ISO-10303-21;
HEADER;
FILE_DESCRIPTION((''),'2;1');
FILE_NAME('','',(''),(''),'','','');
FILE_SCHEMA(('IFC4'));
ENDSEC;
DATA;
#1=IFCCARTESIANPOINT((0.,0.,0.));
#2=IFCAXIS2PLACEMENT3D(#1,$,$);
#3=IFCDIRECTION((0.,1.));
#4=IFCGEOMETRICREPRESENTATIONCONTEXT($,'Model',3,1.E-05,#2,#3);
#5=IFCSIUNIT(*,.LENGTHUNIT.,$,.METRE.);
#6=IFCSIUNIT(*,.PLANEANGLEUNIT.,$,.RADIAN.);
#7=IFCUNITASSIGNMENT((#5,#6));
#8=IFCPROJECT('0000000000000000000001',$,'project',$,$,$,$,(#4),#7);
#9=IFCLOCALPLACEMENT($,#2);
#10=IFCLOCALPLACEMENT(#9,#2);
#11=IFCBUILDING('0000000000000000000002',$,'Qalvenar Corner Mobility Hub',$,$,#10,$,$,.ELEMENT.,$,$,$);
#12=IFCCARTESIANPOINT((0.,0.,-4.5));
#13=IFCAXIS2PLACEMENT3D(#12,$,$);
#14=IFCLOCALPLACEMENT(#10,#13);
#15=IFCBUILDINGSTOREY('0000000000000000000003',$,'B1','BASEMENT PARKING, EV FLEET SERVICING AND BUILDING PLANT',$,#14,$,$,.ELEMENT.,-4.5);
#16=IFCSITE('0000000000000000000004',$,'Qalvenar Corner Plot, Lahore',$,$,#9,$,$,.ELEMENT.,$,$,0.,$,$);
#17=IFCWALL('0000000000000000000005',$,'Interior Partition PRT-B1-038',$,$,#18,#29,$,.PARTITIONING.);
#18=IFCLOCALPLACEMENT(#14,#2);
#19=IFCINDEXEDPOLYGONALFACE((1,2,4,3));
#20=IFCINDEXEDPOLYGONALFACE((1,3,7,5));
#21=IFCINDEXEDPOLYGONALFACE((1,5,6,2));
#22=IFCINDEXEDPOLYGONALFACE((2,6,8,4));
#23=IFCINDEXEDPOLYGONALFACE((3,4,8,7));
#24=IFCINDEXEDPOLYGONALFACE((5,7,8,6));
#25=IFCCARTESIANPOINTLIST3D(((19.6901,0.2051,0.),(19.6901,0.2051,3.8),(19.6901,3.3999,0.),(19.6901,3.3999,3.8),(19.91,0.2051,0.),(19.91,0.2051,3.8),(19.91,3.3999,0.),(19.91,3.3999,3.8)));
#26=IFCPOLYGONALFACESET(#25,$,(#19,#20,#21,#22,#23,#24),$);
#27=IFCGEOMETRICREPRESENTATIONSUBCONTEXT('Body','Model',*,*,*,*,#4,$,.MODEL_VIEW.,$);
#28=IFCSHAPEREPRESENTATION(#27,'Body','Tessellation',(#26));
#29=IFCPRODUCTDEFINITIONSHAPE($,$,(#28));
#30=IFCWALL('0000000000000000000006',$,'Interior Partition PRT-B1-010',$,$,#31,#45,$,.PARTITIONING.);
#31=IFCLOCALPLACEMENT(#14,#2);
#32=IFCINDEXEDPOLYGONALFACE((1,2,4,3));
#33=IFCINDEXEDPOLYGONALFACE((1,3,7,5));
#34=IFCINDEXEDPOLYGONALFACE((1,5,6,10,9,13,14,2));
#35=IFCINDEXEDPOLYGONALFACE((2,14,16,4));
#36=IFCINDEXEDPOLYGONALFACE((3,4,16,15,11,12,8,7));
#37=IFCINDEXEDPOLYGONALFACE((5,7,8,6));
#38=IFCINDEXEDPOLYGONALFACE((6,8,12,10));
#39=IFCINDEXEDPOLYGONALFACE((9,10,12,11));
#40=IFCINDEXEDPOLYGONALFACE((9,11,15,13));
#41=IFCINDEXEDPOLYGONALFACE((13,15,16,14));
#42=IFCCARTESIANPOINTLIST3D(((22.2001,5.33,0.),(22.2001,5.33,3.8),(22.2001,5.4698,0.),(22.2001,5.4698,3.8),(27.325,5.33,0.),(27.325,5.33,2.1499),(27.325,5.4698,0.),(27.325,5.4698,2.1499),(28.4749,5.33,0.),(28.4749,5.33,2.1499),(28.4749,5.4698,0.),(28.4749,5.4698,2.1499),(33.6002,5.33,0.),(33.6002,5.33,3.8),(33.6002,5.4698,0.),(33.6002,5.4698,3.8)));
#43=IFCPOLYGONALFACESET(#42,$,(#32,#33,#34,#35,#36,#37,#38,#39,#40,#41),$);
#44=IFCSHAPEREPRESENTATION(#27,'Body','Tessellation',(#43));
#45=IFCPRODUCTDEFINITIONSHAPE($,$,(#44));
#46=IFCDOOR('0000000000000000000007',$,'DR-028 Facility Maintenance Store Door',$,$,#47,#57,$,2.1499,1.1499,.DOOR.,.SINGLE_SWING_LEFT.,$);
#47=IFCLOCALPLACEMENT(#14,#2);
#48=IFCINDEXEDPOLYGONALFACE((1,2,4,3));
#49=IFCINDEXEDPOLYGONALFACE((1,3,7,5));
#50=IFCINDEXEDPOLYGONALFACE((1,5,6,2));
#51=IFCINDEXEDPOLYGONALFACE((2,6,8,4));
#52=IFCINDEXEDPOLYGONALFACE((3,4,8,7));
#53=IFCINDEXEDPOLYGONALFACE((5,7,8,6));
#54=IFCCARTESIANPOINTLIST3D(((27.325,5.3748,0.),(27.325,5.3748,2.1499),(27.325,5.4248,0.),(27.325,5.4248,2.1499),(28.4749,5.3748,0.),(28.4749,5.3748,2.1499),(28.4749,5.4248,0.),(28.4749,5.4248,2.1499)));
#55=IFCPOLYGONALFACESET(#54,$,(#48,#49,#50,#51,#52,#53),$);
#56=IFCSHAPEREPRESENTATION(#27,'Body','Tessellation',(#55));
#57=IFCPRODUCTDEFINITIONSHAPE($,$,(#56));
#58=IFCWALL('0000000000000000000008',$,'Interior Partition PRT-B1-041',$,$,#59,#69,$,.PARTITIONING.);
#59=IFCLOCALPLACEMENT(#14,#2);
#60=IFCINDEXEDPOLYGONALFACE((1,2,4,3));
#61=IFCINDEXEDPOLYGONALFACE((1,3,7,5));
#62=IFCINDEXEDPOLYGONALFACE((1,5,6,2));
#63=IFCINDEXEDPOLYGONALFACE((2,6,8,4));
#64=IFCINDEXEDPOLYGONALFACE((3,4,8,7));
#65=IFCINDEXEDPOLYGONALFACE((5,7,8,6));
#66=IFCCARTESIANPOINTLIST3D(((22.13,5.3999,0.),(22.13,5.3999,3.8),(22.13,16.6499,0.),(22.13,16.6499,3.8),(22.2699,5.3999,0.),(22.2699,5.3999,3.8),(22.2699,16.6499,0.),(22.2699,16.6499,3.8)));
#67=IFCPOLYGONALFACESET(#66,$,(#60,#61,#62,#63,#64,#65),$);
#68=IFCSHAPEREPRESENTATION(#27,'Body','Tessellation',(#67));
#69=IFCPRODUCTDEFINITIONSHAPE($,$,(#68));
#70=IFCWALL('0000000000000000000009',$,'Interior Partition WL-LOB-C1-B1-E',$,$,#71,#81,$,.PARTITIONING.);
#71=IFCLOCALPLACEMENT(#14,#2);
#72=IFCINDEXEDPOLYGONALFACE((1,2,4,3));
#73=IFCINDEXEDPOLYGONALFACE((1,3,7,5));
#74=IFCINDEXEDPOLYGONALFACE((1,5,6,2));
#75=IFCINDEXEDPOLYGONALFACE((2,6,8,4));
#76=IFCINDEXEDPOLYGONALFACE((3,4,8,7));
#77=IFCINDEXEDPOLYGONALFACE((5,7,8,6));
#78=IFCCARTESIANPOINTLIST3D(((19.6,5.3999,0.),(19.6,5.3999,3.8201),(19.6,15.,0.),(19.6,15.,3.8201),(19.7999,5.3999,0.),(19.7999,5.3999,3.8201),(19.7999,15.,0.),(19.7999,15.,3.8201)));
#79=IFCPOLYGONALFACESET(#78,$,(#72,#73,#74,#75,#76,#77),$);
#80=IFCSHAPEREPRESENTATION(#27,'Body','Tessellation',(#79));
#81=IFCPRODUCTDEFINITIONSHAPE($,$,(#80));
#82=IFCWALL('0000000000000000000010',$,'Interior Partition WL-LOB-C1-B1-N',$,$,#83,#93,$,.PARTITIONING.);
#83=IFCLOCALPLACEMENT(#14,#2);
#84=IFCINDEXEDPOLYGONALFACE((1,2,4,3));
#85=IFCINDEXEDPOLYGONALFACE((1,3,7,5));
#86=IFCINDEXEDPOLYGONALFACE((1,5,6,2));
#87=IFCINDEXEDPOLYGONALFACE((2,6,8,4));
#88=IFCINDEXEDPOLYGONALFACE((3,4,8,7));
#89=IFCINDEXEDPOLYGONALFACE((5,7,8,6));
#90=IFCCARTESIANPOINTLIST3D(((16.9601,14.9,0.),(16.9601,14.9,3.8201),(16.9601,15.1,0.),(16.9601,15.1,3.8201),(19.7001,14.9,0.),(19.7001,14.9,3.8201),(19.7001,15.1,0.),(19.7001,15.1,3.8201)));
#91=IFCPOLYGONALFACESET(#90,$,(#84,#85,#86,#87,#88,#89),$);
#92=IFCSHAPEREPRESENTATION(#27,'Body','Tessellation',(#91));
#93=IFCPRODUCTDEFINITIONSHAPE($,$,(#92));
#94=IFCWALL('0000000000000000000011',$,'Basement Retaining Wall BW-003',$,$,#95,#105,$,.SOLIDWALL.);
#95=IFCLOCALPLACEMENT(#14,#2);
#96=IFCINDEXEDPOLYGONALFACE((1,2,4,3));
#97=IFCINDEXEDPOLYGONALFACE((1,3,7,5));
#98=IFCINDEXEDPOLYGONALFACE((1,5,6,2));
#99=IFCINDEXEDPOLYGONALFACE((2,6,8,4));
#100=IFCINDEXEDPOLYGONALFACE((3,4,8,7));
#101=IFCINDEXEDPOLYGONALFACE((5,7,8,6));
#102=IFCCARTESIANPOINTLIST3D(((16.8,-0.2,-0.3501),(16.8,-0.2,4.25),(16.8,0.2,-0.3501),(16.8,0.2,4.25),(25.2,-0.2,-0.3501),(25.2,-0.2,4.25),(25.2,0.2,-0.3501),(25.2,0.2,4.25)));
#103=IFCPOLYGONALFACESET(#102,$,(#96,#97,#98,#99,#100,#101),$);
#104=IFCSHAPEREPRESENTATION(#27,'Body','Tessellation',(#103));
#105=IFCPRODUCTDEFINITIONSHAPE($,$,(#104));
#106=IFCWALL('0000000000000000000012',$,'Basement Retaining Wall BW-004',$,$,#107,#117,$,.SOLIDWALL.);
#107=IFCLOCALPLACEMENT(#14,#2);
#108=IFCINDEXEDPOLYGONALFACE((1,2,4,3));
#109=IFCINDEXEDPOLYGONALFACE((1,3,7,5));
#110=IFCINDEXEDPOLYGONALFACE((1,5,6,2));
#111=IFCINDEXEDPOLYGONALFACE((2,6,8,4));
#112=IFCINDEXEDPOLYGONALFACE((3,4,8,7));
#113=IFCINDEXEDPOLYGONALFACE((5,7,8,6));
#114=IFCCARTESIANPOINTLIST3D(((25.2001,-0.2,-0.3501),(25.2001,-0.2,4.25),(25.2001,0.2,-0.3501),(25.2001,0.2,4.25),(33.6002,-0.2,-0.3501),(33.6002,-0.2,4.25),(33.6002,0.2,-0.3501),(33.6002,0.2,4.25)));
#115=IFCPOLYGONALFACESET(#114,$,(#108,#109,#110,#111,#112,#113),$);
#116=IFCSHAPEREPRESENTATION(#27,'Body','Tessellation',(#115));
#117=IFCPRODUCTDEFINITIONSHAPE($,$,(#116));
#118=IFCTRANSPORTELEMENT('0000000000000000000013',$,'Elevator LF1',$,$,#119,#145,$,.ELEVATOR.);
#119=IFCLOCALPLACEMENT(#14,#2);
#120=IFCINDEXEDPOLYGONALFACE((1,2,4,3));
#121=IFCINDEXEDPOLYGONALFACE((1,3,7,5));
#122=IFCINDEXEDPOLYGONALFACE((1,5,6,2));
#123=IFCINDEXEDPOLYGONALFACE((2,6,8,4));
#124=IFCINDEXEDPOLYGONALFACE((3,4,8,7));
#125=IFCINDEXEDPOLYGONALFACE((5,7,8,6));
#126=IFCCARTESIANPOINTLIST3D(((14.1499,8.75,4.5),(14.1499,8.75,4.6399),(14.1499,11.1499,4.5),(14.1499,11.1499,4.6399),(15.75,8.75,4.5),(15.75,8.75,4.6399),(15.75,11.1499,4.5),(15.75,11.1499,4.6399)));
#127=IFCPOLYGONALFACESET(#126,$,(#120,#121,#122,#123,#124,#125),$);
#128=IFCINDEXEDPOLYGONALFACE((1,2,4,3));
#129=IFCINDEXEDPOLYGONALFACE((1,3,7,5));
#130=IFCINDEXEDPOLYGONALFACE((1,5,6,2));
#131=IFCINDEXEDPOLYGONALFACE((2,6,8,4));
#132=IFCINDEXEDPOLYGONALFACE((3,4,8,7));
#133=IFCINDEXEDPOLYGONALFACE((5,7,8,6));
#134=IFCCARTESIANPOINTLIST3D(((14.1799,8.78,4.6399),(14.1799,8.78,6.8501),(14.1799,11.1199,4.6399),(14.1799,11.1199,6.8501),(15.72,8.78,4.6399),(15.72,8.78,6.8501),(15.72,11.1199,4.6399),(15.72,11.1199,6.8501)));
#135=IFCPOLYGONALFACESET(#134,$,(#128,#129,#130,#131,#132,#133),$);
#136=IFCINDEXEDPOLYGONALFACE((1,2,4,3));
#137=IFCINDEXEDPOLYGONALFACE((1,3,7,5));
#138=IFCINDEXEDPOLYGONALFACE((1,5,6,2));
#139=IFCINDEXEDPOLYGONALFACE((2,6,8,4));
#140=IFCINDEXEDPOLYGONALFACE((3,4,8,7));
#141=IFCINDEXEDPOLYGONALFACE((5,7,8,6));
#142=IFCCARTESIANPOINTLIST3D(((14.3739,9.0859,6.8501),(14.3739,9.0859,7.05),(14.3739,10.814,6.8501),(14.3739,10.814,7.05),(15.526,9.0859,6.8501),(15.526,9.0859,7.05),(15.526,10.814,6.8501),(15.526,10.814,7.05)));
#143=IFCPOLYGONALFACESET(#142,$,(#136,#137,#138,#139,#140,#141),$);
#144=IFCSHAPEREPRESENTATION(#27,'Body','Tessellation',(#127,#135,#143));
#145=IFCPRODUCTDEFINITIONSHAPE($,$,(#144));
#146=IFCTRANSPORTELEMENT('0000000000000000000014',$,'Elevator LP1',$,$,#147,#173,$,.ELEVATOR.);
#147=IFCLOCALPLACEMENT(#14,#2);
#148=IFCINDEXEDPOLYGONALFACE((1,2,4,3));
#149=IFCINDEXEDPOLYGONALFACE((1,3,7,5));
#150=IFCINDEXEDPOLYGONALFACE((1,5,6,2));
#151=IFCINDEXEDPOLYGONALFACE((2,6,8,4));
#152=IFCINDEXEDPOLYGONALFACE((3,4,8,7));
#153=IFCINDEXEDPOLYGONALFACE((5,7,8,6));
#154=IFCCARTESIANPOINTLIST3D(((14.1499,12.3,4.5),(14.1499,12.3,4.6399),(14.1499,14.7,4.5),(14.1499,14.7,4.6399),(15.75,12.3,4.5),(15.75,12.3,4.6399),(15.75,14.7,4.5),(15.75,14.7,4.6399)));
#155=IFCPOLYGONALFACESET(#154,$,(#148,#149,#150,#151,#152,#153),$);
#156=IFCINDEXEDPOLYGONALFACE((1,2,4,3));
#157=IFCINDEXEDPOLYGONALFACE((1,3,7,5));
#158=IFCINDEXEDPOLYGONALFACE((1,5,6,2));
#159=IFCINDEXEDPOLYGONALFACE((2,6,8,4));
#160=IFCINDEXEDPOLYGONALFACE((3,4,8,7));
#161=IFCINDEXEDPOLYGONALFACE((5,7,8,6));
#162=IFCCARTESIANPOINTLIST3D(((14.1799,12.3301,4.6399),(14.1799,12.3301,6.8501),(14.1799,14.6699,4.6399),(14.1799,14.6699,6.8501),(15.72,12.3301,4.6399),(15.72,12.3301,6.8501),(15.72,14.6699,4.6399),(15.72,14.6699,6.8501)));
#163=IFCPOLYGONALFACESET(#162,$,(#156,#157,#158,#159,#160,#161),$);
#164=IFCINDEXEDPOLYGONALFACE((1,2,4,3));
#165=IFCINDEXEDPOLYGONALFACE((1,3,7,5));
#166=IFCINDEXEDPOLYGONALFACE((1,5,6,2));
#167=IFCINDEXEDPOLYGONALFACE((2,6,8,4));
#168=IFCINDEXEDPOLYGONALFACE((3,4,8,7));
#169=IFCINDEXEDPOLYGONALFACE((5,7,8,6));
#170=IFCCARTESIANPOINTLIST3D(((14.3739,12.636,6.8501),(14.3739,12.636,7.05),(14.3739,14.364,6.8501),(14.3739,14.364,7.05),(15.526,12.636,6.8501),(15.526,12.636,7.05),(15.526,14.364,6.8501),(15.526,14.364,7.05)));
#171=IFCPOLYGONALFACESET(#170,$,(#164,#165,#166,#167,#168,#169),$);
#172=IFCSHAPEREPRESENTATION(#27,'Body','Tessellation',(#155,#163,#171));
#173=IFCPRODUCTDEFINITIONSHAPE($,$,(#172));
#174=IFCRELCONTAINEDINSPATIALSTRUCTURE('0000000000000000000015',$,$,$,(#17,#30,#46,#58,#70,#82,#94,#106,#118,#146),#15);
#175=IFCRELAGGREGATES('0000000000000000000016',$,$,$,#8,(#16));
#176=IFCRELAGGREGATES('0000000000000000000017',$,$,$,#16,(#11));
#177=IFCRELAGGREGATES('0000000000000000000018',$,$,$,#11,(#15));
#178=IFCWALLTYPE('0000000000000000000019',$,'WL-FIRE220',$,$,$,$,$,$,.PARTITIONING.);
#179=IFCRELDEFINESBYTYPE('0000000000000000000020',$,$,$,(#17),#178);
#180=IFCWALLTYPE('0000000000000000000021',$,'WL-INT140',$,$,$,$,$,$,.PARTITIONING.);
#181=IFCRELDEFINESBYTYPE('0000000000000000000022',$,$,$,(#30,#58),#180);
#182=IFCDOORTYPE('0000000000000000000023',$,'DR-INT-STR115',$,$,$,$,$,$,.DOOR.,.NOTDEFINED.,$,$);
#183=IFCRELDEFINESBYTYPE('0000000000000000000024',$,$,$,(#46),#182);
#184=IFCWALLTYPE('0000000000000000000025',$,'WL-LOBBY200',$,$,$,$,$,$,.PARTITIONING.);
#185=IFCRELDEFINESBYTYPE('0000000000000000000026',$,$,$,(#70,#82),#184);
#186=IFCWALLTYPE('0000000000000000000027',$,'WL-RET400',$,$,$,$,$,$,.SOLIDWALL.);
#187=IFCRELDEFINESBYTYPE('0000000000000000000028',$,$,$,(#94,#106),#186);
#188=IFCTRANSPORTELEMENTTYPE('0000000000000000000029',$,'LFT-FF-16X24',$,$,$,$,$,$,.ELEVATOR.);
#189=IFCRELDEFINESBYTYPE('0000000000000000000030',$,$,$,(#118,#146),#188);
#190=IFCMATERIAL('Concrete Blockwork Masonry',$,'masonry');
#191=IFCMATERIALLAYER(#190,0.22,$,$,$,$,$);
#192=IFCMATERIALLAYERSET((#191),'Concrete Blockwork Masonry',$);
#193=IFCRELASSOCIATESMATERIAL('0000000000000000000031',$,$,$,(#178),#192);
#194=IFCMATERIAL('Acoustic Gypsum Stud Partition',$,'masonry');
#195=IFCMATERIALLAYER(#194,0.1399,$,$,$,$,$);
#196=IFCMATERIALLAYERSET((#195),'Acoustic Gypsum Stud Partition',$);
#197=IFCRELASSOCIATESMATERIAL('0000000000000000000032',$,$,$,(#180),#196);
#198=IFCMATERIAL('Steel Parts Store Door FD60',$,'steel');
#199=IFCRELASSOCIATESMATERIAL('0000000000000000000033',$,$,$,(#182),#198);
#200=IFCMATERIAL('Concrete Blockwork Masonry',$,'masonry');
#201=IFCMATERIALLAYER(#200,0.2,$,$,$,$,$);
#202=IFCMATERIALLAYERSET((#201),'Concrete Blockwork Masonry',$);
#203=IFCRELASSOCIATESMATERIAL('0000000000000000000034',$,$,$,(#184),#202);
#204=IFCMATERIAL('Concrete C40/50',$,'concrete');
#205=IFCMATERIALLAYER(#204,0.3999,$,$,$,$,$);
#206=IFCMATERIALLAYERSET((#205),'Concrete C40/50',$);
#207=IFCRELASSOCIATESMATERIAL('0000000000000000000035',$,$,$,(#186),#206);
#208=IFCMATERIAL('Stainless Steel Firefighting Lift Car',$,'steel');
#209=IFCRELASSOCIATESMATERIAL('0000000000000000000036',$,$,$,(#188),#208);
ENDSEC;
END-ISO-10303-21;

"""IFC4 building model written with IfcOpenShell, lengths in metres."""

from ifc_helpers import new_model, si_unit, direction, frame, frame_2d, origin, origin_2d, place, context, subcontext, project, spatial, rectangle, extrude, material, layer, layer_set, type_object, element, fill, save


model = new_model("IFC4")

# Units and contexts
model_context = context("Model", 3, precision=1e-05, world=origin(), true_north=direction((0.0, 1.0)))
body_context = subcontext(model_context, "Body", "Model", "MODEL_VIEW")
ifc_project = project(units=[si_unit("LENGTHUNIT", "METRE"), si_unit("PLANEANGLEUNIT", "RADIAN")], contexts=[model_context])

# Site, building, storey
site_placement = place(None, origin())
site = spatial("IfcSite", under=ifc_project, at=site_placement, Name="Qalvenar Corner Plot, Lahore", CompositionType="ELEMENT", RefElevation=0.0)
building_placement = place(site_placement, origin())
building = spatial("IfcBuilding", under=site, at=building_placement, Name="Qalvenar Corner Mobility Hub", CompositionType="ELEMENT")
storey_placement = place(building_placement, frame((0.0, 0.0, -4.5)))
storey = spatial("IfcBuildingStorey", under=building, at=storey_placement, Name="B1", Description="BASEMENT PARKING, EV FLEET SERVICING AND BUILDING PLANT", CompositionType="ELEMENT", Elevation=-4.5)

# Shared definitions
ifc_material_1 = material(Name="Concrete C40/50", Category="concrete")

# Shared definitions
ifc_material_2 = material(Name="Concrete Blockwork Masonry", Category="masonry")
ifc_layer_1 = layer(ifc_material_2, 0.22)
ifc_layer_set_1 = layer_set([ifc_layer_1], Name="Concrete Blockwork Masonry")
wall_type_1 = type_object("IfcWallType", Name="WL-FIRE220", PredefinedType="PARTITIONING", material=ifc_layer_set_1)

# Wall
wall_1_placement = place(storey_placement, frame((19.8, 0.2051, 0.0), z_axis=(0.0, 0.0, 1.0), x_axis=(0.0, 1.0, 0.0)))
element("IfcWall", 1, at=wall_1_placement, inside=storey, type_object=wall_type_1, Name="Interior Partition PRT-B1-038", PredefinedType="PARTITIONING", context=body_context, shape_type="SweptSolid", body=[
    extrude(rectangle(XDim=3.1948, YDim=0.22, at=frame_2d((1.5974, 0.0))), origin(), (0.0, 0.0, 1.0), 3.8),
])

# Wall, opening, door
ifc_material_3 = material(Name="Acoustic Gypsum Stud Partition", Category="masonry")
ifc_layer_2 = layer(ifc_material_3, 0.1399)
ifc_layer_set_2 = layer_set([ifc_layer_2], Name="Acoustic Gypsum Stud Partition")
wall_type_2 = type_object("IfcWallType", Name="WL-INT140", PredefinedType="PARTITIONING", material=ifc_layer_set_2)
wall_2_placement = place(storey_placement, frame((22.2, 5.3999, 0.0), z_axis=(0.0, 0.0, 1.0), x_axis=(1.0, 0.0, 0.0)))
wall_2 = element("IfcWall", 2, at=wall_2_placement, inside=storey, type_object=wall_type_2, Name="Interior Partition PRT-B1-010", PredefinedType="PARTITIONING", context=body_context, shape_type="SweptSolid", body=[
    extrude(rectangle(XDim=11.4001, YDim=0.1399, at=frame_2d((5.7002, 0.0))), origin(), (0.0, 0.0, 1.0), 3.8),
])
opening_1_placement = place(wall_2_placement, frame((5.125, 0.0, 0.0)))
opening_1 = element("IfcOpeningElement", 3, at=opening_1_placement, cuts=wall_2, PredefinedType="OPENING", context=body_context, shape_type="SweptSolid", body=[
    extrude(rectangle(XDim=1.1499, YDim=2.1499, at=frame_2d((0.575, 1.075))), frame((0.0, 0.0801, 0.0), z_axis=(0.0, -1.0, 0.0), x_axis=(1.0, 0.0, 0.0)), (0.0, 0.0, 1.0), 0.1599),
])
ifc_material_4 = material(Name="Steel Parts Store Door FD60", Category="steel")
door_type_1 = type_object("IfcDoorType", Name="DR-INT-STR115", OperationType="NOTDEFINED", PredefinedType="DOOR", material=ifc_material_4)
door_1_placement = place(opening_1_placement, origin())
door_1 = element("IfcDoor", 4, at=door_1_placement, inside=storey, type_object=door_type_1, Name="DR-028 Facility Maintenance Store Door", OperationType="SINGLE_SWING_LEFT", OverallHeight=2.1499, OverallWidth=1.1499, PredefinedType="DOOR", context=body_context, shape_type="SweptSolid", body=[
    extrude(rectangle(XDim=1.1499, YDim=2.1499, at=frame_2d((0.575, 1.075))), frame((0.0, 0.0249, 0.0), z_axis=(0.0, -1.0, 0.0), x_axis=(1.0, 0.0, 0.0)), (0.0, 0.0, 1.0), 0.05),
])
fill(opening_1, door_1)

# Walls
wall_3_placement = place(storey_placement, frame((22.2, 5.3999, 0.0), z_axis=(0.0, 0.0, 1.0), x_axis=(0.0, 1.0, 0.0)))
element("IfcWall", 5, at=wall_3_placement, inside=storey, type_object=wall_type_2, Name="Interior Partition PRT-B1-041", PredefinedType="PARTITIONING", context=body_context, shape_type="SweptSolid", body=[
    extrude(rectangle(XDim=11.25, YDim=0.1399, at=frame_2d((5.625, 0.0))), origin(), (0.0, 0.0, 1.0), 3.8),
])
ifc_material_5 = material(Name="Concrete Blockwork Masonry", Category="masonry")
ifc_layer_3 = layer(ifc_material_5, 0.2)
ifc_layer_set_3 = layer_set([ifc_layer_3], Name="Concrete Blockwork Masonry")
wall_type_3 = type_object("IfcWallType", Name="WL-LOBBY200", PredefinedType="PARTITIONING", material=ifc_layer_set_3)
wall_4_placement = place(storey_placement, frame((19.7, 5.3999, 0.0), z_axis=(0.0, 0.0, 1.0), x_axis=(0.0, 1.0, 0.0)))
element("IfcWall", 6, at=wall_4_placement, inside=storey, type_object=wall_type_3, Name="Interior Partition WL-LOB-C1-B1-E", PredefinedType="PARTITIONING", context=body_context, shape_type="SweptSolid", body=[
    extrude(rectangle(XDim=9.6001, YDim=0.2, at=frame_2d((4.8, 0.0))), origin(), (0.0, 0.0, 1.0), 3.8201),
])
wall_5_placement = place(storey_placement, frame((16.96, 15.0, 0.0), z_axis=(0.0, 0.0, 1.0), x_axis=(1.0, 0.0, 0.0)))
element("IfcWall", 7, at=wall_5_placement, inside=storey, type_object=wall_type_3, Name="Interior Partition WL-LOB-C1-B1-N", PredefinedType="PARTITIONING", context=body_context, shape_type="SweptSolid", body=[
    extrude(rectangle(XDim=2.74, YDim=0.2, at=frame_2d((1.3701, 0.0))), origin(), (0.0, 0.0, 1.0), 3.8201),
])
ifc_layer_4 = layer(ifc_material_1, 0.3999)
ifc_layer_set_4 = layer_set([ifc_layer_4], Name="Concrete C40/50")
wall_type_4 = type_object("IfcWallType", Name="WL-RET400", PredefinedType="SOLIDWALL", material=ifc_layer_set_4)
wall_6_placement = place(storey_placement, frame((16.8, 0.0, -0.3501), z_axis=(0.0, 0.0, 1.0), x_axis=(1.0, 0.0, 0.0)))
element("IfcWall", 8, at=wall_6_placement, inside=storey, type_object=wall_type_4, Name="Basement Retaining Wall BW-003", PredefinedType="SOLIDWALL", context=body_context, shape_type="SweptSolid", body=[
    extrude(rectangle(XDim=8.3999, YDim=0.3999, at=frame_2d((4.2, 0.0))), origin(), (0.0, 0.0, 1.0), 4.6001),
])
wall_7_placement = place(storey_placement, frame((25.2, 0.0, -0.3501), z_axis=(0.0, 0.0, 1.0), x_axis=(1.0, 0.0, 0.0)))
element("IfcWall", 9, at=wall_7_placement, inside=storey, type_object=wall_type_4, Name="Basement Retaining Wall BW-004", PredefinedType="SOLIDWALL", context=body_context, shape_type="SweptSolid", body=[
    extrude(rectangle(XDim=8.4001, YDim=0.3999, at=frame_2d((4.2002, 0.0))), origin(), (0.0, 0.0, 1.0), 4.6001),
])

# Transport elements
ifc_material_6 = material(Name="Stainless Steel Firefighting Lift Car", Category="steel")
transport_element_type = type_object("IfcTransportElementType", Name="LFT-FF-16X24", PredefinedType="ELEVATOR", material=ifc_material_6)
for number, where, name in (
    (10, (14.95, 9.95, 4.5), "Elevator LF1"),
    (11, (14.95, 13.5, 4.5), "Elevator LP1"),
):
    element("IfcTransportElement", number, at=place(storey_placement, frame(where)), inside=storey, type_object=transport_element_type, Name=name, PredefinedType="ELEVATOR", context=body_context, shape_type="SweptSolid", body=[
        extrude(rectangle(XDim=1.6001, YDim=2.3999, at=origin_2d()), origin(), (0.0, 0.0, 1.0), 0.1399),
        extrude(rectangle(XDim=1.54, YDim=2.3398, at=origin_2d()), frame((0.0, 0.0, 0.1399)), (0.0, 0.0, 1.0), 2.2102),
        extrude(rectangle(XDim=1.1521, YDim=1.728, at=origin_2d()), frame((0.0, 0.0, 2.3501)), (0.0, 0.0, 1.0), 0.2),
    ])

save(model, "model.ifc")
